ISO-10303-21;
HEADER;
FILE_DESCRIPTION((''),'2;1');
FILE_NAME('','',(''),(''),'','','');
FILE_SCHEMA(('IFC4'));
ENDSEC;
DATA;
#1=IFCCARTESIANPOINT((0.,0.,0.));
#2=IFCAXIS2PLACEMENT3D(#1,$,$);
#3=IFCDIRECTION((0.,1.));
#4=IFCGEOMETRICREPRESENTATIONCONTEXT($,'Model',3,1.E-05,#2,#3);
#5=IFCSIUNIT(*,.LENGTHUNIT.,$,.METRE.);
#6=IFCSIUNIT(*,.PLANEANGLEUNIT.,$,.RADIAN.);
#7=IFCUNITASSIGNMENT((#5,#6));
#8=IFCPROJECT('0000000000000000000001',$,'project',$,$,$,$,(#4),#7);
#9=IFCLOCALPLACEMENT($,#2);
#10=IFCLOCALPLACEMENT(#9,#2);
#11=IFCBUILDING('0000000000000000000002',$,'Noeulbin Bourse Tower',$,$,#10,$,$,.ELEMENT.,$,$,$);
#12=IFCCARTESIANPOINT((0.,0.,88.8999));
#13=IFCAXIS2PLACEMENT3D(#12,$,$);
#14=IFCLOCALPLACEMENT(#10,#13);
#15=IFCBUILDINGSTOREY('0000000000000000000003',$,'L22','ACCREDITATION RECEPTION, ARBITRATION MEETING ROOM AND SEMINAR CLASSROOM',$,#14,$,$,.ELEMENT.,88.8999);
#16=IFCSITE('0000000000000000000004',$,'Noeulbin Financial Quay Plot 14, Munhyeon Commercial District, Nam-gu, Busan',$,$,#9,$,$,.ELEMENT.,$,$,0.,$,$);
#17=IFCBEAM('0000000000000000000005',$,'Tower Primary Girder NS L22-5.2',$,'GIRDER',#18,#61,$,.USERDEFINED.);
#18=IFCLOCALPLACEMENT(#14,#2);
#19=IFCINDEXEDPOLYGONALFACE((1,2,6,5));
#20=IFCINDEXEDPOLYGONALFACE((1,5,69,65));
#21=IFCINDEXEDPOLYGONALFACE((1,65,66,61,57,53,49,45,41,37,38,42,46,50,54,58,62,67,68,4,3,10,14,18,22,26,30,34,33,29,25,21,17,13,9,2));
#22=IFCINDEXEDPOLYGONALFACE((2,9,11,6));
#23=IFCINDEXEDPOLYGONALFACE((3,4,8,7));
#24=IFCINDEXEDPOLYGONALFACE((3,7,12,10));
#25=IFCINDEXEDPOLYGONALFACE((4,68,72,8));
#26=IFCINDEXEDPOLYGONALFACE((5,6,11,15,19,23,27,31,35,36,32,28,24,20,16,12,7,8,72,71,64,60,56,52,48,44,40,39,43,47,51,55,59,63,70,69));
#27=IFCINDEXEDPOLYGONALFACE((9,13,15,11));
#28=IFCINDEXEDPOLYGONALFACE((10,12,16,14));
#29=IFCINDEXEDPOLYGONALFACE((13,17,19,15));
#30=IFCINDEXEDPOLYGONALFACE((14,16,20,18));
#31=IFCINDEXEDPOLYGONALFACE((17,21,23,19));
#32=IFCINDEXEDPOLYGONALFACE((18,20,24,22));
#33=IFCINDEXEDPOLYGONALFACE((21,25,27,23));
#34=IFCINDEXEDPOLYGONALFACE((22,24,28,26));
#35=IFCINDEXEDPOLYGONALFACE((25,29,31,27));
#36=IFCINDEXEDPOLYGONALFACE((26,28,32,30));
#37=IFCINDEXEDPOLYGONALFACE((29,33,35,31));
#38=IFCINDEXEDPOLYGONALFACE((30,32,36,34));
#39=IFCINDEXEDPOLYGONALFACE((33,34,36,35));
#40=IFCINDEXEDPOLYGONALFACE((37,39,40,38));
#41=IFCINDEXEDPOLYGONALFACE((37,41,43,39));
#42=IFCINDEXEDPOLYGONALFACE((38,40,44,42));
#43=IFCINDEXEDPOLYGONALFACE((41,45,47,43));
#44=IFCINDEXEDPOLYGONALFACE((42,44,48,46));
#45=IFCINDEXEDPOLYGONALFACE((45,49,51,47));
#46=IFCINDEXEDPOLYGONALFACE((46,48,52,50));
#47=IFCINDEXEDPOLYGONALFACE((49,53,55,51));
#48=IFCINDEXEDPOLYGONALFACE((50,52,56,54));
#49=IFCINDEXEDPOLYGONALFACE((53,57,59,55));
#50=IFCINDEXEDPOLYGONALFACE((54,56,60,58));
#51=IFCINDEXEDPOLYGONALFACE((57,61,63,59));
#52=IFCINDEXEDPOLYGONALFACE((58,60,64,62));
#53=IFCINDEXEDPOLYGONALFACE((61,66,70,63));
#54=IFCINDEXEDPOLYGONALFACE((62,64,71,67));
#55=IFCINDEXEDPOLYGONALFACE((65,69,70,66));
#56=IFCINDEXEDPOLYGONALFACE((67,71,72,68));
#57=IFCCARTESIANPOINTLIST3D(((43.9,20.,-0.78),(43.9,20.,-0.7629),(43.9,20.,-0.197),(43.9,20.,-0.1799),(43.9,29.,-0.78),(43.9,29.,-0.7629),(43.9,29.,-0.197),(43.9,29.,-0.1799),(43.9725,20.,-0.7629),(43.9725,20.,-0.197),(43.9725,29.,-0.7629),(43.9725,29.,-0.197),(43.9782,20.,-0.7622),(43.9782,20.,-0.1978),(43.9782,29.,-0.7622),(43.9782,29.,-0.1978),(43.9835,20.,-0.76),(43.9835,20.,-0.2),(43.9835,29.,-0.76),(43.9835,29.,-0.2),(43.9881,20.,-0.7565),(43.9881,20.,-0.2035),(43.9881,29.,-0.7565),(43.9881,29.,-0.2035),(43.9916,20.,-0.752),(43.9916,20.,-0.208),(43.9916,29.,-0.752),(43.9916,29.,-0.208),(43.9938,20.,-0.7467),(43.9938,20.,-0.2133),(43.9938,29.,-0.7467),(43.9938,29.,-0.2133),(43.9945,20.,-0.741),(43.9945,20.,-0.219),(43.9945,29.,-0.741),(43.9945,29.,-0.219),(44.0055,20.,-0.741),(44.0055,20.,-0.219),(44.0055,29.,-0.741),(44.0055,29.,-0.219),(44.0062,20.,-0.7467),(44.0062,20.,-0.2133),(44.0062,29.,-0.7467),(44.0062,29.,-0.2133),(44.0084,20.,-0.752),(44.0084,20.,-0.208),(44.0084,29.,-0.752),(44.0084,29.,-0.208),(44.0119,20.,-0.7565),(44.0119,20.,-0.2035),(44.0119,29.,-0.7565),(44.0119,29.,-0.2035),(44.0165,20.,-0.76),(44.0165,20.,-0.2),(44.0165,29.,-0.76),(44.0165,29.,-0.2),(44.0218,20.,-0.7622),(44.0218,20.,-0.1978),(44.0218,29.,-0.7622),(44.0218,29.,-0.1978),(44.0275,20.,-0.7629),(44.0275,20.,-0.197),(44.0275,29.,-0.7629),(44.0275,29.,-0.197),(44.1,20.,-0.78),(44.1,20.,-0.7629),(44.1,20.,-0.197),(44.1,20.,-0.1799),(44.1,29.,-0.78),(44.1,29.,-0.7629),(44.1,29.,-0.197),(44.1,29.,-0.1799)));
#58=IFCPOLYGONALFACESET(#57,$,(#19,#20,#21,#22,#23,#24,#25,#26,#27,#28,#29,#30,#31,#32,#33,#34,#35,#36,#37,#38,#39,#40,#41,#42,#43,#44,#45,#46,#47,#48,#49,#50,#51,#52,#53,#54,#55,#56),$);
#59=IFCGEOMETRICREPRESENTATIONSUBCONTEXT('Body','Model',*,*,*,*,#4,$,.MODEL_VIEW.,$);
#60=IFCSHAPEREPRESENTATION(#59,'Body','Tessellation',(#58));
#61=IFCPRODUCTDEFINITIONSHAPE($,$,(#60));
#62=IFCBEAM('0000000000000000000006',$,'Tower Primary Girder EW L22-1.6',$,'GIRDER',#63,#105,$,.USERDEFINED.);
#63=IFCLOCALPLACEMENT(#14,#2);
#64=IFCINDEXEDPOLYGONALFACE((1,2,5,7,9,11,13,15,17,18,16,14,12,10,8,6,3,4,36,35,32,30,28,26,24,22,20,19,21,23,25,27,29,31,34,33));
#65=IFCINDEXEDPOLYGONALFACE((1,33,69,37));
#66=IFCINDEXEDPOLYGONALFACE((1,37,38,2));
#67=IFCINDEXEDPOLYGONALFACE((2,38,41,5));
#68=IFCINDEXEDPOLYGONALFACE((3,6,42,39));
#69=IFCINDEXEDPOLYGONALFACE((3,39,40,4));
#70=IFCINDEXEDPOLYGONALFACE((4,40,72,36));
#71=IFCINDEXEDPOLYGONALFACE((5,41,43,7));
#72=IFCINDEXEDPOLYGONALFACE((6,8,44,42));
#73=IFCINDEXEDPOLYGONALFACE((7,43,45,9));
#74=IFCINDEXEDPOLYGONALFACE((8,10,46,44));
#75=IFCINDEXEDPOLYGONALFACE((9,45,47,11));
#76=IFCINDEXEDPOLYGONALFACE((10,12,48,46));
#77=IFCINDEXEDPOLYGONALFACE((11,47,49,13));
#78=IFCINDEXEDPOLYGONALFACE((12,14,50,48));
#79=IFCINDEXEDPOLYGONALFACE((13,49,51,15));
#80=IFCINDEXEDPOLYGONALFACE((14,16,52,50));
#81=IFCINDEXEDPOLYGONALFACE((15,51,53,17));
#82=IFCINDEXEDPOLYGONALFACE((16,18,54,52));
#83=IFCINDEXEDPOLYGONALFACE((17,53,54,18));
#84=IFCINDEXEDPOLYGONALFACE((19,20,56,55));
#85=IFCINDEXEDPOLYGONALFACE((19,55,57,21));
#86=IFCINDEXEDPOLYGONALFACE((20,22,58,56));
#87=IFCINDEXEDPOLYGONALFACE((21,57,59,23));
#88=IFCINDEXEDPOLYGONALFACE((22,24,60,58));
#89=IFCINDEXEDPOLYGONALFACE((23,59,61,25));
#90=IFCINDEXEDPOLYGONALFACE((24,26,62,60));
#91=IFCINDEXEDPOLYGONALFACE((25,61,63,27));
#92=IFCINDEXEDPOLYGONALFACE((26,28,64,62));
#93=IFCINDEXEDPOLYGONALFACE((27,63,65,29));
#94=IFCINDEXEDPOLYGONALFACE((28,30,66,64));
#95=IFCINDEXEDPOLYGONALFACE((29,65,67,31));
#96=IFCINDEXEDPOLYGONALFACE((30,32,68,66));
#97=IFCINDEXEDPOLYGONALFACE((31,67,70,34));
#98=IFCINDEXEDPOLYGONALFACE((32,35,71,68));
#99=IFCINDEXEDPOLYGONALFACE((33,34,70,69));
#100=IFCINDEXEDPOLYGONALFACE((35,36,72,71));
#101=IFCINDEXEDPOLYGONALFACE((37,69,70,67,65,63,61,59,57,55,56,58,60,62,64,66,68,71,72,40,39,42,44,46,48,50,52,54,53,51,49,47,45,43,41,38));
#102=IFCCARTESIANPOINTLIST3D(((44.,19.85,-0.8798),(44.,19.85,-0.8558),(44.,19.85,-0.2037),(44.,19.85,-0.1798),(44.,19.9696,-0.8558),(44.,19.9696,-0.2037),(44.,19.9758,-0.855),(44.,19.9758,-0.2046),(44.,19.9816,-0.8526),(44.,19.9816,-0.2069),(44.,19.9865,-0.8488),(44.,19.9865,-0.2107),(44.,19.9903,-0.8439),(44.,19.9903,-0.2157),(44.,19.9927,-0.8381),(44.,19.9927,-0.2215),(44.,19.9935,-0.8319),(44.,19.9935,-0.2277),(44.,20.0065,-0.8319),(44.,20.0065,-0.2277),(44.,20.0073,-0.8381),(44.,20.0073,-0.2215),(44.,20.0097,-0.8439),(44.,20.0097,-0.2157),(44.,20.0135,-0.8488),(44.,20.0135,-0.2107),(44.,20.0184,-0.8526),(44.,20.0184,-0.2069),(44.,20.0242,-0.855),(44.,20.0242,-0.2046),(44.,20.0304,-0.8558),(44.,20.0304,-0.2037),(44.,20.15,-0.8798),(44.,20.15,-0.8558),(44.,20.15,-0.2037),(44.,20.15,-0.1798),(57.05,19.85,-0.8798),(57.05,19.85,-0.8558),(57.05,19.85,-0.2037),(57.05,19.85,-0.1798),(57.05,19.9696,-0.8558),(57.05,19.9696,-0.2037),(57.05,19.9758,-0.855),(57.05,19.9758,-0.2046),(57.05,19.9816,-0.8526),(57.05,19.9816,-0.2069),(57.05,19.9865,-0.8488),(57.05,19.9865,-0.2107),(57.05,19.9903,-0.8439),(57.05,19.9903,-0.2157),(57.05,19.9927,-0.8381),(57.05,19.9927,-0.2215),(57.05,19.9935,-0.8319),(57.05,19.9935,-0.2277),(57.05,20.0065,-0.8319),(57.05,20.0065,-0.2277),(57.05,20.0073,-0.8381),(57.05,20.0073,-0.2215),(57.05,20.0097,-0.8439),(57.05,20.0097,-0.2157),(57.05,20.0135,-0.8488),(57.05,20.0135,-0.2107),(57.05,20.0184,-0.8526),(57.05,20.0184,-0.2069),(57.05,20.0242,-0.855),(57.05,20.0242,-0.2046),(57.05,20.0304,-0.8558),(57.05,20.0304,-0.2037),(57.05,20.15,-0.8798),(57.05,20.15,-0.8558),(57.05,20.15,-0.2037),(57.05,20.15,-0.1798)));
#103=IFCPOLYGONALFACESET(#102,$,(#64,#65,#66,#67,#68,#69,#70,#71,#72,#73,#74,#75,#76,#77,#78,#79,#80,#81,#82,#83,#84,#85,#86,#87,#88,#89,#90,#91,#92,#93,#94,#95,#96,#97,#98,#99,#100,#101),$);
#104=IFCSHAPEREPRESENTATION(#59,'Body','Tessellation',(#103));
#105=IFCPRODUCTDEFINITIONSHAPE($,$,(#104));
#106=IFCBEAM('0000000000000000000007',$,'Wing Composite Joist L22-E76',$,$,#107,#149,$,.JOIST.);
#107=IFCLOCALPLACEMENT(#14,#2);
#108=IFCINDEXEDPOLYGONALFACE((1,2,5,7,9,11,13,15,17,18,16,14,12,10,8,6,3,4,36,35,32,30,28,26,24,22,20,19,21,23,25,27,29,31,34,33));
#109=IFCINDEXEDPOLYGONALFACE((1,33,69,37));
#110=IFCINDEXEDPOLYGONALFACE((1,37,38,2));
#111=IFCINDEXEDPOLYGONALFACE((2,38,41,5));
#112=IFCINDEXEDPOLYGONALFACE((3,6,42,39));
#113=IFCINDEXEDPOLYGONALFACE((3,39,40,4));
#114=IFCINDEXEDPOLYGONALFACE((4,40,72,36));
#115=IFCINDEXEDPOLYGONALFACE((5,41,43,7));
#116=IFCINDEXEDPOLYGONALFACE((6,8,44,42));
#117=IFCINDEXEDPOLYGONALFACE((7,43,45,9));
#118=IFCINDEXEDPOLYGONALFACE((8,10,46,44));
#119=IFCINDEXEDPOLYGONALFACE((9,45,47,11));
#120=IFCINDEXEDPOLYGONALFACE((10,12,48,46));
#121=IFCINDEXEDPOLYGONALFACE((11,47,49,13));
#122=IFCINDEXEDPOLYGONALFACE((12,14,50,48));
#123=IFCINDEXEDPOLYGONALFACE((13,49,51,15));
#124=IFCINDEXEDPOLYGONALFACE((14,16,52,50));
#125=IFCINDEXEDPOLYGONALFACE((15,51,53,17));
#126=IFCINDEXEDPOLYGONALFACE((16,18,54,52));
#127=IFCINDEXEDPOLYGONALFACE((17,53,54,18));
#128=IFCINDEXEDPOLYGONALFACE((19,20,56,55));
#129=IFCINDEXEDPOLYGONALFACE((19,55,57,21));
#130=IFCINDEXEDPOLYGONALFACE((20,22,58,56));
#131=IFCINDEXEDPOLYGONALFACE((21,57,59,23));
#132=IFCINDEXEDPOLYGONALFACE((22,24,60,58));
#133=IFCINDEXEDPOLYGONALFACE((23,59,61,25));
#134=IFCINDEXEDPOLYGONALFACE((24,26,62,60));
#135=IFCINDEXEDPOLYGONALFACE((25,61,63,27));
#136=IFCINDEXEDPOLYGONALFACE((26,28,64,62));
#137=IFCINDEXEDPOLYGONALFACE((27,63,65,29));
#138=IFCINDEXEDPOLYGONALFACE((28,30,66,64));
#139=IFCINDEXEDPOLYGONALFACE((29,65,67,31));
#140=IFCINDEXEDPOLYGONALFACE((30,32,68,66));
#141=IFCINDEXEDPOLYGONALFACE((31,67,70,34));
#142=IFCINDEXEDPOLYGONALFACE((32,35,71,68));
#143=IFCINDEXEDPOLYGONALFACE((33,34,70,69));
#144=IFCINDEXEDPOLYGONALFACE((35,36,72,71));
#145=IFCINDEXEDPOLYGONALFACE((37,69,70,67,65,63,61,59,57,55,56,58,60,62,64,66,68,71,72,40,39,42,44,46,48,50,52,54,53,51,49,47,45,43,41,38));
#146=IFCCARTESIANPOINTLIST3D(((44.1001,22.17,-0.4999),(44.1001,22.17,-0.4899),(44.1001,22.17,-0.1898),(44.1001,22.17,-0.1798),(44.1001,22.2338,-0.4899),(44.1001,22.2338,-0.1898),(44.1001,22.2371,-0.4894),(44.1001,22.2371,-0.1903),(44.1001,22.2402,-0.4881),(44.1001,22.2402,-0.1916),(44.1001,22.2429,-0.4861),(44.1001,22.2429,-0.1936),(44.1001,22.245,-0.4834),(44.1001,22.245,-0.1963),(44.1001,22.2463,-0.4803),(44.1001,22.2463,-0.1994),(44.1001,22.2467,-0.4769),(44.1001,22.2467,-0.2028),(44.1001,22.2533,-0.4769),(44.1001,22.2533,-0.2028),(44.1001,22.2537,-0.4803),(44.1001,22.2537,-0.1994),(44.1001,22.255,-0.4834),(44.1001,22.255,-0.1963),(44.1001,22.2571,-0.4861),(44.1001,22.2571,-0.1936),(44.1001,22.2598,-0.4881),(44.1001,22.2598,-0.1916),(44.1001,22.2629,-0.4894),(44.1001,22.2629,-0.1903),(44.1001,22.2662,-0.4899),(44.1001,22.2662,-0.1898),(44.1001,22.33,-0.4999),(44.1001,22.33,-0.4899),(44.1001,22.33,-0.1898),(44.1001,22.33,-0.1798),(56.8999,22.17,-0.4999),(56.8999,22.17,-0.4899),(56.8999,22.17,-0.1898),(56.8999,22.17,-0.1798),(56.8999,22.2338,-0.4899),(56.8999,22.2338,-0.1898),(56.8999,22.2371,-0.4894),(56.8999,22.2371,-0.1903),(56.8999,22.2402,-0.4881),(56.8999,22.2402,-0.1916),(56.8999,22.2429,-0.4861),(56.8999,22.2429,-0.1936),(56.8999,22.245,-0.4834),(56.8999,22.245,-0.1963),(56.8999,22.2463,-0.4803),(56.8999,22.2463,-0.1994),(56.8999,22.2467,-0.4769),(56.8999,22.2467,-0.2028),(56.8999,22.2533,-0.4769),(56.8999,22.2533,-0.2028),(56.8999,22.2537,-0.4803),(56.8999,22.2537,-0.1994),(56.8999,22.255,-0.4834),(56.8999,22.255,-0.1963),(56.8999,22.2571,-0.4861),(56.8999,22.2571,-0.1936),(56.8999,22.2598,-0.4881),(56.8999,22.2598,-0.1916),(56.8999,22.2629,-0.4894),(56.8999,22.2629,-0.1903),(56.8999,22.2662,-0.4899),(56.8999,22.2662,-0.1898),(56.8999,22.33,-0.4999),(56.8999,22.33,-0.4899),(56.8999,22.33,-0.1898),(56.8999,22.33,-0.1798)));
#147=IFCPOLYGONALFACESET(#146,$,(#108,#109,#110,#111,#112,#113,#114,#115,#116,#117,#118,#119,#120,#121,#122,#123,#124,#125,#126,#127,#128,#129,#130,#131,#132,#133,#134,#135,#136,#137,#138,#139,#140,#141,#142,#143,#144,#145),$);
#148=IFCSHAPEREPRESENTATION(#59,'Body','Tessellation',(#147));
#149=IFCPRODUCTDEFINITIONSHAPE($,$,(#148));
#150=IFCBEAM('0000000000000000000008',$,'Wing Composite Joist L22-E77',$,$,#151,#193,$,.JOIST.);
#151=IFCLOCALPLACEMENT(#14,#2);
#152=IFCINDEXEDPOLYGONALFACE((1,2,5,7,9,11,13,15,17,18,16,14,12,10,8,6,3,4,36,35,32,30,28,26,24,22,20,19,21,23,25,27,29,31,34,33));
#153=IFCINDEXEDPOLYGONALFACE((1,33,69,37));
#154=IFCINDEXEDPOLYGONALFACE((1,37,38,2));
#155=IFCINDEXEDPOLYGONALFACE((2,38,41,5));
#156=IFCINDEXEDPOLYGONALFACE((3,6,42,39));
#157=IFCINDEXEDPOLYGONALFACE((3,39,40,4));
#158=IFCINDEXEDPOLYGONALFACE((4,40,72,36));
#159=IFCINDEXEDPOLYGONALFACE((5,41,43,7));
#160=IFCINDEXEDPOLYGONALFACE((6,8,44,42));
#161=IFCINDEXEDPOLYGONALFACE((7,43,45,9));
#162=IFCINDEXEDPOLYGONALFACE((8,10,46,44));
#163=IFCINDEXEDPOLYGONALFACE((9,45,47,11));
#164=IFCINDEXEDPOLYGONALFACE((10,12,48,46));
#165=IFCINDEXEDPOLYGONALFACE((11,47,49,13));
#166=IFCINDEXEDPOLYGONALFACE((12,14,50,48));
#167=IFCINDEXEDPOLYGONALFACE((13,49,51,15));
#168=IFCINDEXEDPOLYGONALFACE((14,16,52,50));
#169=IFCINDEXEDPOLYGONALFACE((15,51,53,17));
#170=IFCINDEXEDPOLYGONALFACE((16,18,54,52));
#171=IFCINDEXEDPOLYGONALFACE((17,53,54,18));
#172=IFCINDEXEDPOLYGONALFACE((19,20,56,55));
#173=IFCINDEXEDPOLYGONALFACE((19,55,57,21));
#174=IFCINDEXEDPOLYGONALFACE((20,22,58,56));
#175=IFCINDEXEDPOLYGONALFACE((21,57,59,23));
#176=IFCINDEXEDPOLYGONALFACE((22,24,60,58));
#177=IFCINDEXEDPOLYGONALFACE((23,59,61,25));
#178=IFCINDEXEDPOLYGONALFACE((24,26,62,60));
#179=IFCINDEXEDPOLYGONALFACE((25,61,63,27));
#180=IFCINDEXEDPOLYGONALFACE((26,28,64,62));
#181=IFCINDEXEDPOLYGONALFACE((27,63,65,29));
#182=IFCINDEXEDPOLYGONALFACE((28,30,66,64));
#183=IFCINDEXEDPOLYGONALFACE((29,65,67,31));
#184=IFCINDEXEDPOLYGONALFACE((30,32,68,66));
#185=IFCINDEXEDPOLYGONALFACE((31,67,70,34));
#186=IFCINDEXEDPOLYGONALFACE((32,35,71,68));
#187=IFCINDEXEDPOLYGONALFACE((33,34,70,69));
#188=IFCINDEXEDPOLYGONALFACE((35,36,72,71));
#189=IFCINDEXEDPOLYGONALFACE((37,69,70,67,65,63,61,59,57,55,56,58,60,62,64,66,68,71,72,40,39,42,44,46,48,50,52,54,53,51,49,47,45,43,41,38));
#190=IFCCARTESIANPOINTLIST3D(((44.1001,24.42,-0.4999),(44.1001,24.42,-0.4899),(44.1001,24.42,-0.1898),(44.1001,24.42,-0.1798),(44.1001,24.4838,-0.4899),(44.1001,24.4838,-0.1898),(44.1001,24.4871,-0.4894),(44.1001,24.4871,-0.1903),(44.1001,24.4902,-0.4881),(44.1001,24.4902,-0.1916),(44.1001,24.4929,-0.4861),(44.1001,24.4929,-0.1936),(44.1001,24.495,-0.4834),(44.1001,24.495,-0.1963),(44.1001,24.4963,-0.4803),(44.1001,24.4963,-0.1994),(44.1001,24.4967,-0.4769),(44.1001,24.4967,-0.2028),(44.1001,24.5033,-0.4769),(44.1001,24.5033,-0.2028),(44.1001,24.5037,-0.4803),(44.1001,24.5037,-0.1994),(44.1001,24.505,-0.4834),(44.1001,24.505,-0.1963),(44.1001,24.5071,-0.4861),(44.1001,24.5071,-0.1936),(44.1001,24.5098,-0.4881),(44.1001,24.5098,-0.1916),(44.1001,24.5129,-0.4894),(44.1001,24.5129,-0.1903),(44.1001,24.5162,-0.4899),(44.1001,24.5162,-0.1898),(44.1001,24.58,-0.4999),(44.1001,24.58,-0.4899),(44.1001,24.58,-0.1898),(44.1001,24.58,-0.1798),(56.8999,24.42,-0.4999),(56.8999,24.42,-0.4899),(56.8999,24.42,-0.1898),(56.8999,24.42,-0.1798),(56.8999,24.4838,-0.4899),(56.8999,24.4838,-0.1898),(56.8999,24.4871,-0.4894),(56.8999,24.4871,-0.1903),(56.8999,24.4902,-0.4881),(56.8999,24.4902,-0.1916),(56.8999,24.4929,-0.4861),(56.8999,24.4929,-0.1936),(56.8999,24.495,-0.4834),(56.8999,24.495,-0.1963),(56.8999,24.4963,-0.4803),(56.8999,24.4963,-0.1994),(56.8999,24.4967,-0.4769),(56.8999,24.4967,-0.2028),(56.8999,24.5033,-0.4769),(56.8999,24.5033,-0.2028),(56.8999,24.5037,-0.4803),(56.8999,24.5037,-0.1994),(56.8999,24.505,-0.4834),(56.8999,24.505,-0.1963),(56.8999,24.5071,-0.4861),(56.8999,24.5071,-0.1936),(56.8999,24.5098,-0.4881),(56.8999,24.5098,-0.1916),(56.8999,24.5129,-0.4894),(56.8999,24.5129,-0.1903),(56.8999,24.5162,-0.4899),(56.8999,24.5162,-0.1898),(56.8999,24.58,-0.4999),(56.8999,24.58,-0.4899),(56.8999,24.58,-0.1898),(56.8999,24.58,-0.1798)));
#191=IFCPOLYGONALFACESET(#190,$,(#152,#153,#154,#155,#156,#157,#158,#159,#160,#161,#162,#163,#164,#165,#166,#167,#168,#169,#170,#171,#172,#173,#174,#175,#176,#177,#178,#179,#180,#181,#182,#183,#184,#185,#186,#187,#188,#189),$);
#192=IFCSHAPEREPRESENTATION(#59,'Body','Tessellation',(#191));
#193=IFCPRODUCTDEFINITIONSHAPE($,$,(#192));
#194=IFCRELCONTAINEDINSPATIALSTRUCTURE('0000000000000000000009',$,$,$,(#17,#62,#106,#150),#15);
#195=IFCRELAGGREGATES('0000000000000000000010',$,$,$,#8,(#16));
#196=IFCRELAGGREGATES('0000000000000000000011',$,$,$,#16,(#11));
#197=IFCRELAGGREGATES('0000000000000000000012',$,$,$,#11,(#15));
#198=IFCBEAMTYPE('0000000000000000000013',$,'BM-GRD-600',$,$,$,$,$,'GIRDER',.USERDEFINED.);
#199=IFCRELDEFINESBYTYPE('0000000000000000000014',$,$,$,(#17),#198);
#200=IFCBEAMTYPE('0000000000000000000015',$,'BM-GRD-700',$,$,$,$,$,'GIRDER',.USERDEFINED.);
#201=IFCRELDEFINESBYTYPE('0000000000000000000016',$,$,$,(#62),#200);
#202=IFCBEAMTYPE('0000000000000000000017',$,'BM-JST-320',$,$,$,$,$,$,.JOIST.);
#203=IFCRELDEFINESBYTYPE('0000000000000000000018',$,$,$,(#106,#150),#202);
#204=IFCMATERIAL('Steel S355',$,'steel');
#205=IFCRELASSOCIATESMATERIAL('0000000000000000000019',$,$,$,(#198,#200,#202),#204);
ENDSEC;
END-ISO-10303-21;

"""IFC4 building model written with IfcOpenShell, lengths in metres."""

from ifc_helpers import new_model, si_unit, direction, frame, origin, origin_2d, place, context, subcontext, project, spatial, i_section, extrude, material, material_profile, profile_set, type_object, element, save


model = new_model("IFC4")

# Units and contexts
model_context = context("Model", 3, precision=1e-05, world=origin(), true_north=direction((0.0, 1.0)))
body_context = subcontext(model_context, "Body", "Model", "MODEL_VIEW")
ifc_project = project(units=[si_unit("LENGTHUNIT", "METRE"), si_unit("PLANEANGLEUNIT", "RADIAN")], contexts=[model_context])

# Site, building, storey
site_placement = place(None, origin())
site = spatial("IfcSite", under=ifc_project, at=site_placement, Name="Noeulbin Financial Quay Plot 14, Munhyeon Commercial District, Nam-gu, Busan", CompositionType="ELEMENT", RefElevation=0.0)
building_placement = place(site_placement, origin())
building = spatial("IfcBuilding", under=site, at=building_placement, Name="Noeulbin Bourse Tower", CompositionType="ELEMENT")
storey_placement = place(building_placement, frame((0.0, 0.0, 88.8999)))
storey = spatial("IfcBuildingStorey", under=building, at=storey_placement, Name="L22", Description="ACCREDITATION RECEPTION, ARBITRATION MEETING ROOM AND SEMINAR CLASSROOM", CompositionType="ELEMENT", Elevation=88.8999)

# Beams
ifc_material_1 = material(Name="Steel S355", Category="steel")
ifc_material_profile_1 = material_profile(ifc_material_1, i_section(OverallWidth=0.2, OverallDepth=0.6001, WebThickness=0.011, FlangeThickness=0.0171, FilletRadius=0.022, at=origin_2d()), Name="H-600x200x11x17", Category="LoadBearing")
ifc_profile_set_1 = profile_set([ifc_material_profile_1], Name="Steel S355")
beam_type_1 = type_object("IfcBeamType", Name="BM-GRD-600", ElementType="GIRDER", PredefinedType="USERDEFINED", material=ifc_profile_set_1)
beam_1_placement = place(storey_placement, frame((44.0, 20.0, -0.48), z_axis=(0.0, 1.0, 0.0), x_axis=(-1.0, 0.0, 0.0)))
element("IfcBeam", 1, at=beam_1_placement, inside=storey, type_object=beam_type_1, Name="Tower Primary Girder NS L22-5.2", ObjectType="GIRDER", PredefinedType="USERDEFINED", context=body_context, shape_type="SweptSolid", body=[
    extrude(i_section(OverallWidth=0.2, OverallDepth=0.6001, WebThickness=0.011, FlangeThickness=0.0171, FilletRadius=0.022, at=origin_2d()), origin(), (0.0, 0.0, 1.0), 9.0),
])
ifc_material_profile_2 = material_profile(ifc_material_1, i_section(OverallWidth=0.3, OverallDepth=0.7, WebThickness=0.0129, FlangeThickness=0.0239, FilletRadius=0.0239, at=origin_2d()), Name="H-700x300x13x24", Category="LoadBearing")
ifc_profile_set_2 = profile_set([ifc_material_profile_2], Name="Steel S355")
beam_type_2 = type_object("IfcBeamType", Name="BM-GRD-700", ElementType="GIRDER", PredefinedType="USERDEFINED", material=ifc_profile_set_2)
beam_2_placement = place(storey_placement, frame((44.0, 20.0, -0.5298), z_axis=(1.0, 0.0, 0.0), x_axis=(0.0, 1.0, 0.0)))
element("IfcBeam", 2, at=beam_2_placement, inside=storey, type_object=beam_type_2, Name="Tower Primary Girder EW L22-1.6", ObjectType="GIRDER", PredefinedType="USERDEFINED", context=body_context, shape_type="SweptSolid", body=[
    extrude(i_section(OverallWidth=0.3, OverallDepth=0.7, WebThickness=0.0129, FlangeThickness=0.0239, FilletRadius=0.0239, at=origin_2d()), origin(), (0.0, 0.0, 1.0), 13.05),
])
ifc_material_profile_3 = material_profile(ifc_material_1, i_section(OverallWidth=0.1599, OverallDepth=0.3201, WebThickness=0.0066, FlangeThickness=0.01, FilletRadius=0.0129, at=origin_2d()), Name="H-320x160x6.5x10", Category="LoadBearing")
ifc_profile_set_3 = profile_set([ifc_material_profile_3], Name="Steel S355")
beam_type_3 = type_object("IfcBeamType", Name="BM-JST-320", PredefinedType="JOIST", material=ifc_profile_set_3)
for number, where, z_axis, x_axis, name in (
    (3, (44.1001, 22.25, -0.3398), (1.0, 0.0, 0.0), (0.0, 1.0, 0.0), "Wing Composite Joist L22-E76"),
    (4, (44.1001, 24.5, -0.3398), (1.0, 0.0, 0.0), (0.0, 1.0, 0.0), "Wing Composite Joist L22-E77"),
):
    element("IfcBeam", number, at=place(storey_placement, frame(where, z_axis=z_axis, x_axis=x_axis)), inside=storey, type_object=beam_type_3, Name=name, PredefinedType="JOIST", context=body_context, shape_type="SweptSolid", body=[
        extrude(i_section(OverallWidth=0.1599, OverallDepth=0.3201, WebThickness=0.0066, FlangeThickness=0.01, FilletRadius=0.0129, at=origin_2d()), origin(), (0.0, 0.0, 1.0), 12.7998),
    ])

save(model, "model.ifc")
